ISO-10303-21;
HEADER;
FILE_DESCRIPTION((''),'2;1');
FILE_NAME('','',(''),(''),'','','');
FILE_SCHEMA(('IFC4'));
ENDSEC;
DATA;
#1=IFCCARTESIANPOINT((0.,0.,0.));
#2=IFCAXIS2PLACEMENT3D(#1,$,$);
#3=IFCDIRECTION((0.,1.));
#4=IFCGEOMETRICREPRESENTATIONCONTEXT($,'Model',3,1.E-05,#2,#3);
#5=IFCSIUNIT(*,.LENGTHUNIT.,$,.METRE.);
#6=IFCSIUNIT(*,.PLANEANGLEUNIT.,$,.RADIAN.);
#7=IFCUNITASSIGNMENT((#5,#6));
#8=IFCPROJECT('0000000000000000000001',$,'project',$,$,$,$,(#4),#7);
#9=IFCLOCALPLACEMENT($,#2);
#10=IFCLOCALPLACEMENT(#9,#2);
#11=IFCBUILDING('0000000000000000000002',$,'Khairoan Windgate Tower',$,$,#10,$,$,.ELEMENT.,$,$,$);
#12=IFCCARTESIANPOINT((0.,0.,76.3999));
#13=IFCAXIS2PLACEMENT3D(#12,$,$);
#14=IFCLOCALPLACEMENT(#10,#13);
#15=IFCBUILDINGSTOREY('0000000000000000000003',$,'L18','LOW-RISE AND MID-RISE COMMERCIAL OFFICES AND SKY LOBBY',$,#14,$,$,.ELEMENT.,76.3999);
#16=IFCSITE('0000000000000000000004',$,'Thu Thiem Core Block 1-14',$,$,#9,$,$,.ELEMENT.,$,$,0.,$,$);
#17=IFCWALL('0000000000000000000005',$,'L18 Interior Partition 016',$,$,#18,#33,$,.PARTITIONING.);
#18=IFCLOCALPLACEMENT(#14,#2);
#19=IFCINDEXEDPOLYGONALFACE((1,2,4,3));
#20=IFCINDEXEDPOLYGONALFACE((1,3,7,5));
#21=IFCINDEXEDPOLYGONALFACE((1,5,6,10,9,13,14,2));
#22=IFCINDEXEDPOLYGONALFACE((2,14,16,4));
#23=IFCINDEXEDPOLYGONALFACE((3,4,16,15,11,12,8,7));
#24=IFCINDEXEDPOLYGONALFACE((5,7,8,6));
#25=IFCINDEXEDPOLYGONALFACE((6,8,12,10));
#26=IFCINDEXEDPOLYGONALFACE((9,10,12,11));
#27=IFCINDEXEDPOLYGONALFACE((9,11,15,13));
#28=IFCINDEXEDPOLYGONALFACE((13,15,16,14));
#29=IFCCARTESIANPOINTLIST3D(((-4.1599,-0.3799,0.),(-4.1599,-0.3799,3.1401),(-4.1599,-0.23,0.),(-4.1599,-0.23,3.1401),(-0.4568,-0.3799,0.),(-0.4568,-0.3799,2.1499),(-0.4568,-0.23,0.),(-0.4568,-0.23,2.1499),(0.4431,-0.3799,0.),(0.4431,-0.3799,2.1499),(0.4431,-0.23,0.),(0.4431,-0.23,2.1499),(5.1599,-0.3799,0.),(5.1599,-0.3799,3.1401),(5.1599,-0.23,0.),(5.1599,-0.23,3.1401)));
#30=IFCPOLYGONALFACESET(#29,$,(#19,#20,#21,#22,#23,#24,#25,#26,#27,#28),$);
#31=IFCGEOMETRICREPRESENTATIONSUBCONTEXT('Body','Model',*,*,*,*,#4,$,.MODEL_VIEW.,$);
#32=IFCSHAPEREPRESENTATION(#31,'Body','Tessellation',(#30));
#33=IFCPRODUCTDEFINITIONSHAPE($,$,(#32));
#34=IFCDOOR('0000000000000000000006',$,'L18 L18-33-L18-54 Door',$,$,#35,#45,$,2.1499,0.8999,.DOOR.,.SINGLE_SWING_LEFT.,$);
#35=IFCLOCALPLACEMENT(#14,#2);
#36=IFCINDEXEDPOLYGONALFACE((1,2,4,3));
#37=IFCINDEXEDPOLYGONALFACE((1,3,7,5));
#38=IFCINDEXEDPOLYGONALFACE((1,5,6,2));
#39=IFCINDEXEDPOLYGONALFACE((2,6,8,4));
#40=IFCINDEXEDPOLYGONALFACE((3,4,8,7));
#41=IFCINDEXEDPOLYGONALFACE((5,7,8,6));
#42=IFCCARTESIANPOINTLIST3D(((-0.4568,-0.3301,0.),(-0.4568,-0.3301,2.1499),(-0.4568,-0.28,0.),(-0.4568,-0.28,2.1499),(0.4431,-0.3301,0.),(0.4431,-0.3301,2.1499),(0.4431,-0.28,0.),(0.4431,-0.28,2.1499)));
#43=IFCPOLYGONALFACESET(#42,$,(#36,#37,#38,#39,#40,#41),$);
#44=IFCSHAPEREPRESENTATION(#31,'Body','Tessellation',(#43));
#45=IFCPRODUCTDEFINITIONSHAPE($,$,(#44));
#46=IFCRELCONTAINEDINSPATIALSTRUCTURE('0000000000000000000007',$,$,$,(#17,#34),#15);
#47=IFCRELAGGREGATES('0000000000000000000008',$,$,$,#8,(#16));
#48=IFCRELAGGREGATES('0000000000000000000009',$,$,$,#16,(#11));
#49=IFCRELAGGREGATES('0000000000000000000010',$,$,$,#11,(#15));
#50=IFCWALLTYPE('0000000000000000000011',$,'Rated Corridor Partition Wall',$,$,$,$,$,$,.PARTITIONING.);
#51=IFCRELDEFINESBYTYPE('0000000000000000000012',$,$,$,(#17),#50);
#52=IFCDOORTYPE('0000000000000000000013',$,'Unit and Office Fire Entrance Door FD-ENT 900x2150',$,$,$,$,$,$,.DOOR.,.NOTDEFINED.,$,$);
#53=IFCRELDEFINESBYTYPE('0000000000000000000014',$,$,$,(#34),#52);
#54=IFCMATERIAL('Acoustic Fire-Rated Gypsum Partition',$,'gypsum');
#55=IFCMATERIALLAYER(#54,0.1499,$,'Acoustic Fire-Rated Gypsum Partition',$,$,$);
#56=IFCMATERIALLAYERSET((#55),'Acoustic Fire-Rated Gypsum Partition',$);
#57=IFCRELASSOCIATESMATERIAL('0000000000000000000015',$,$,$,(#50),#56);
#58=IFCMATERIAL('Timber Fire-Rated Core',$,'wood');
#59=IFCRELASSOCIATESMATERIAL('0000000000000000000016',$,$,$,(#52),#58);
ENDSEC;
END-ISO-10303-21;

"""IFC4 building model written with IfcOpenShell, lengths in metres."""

from ifc_helpers import new_model, si_unit, direction, frame, frame_2d, origin, place, context, subcontext, project, spatial, rectangle, extrude, material, layer, layer_set, type_object, element, fill, save


model = new_model("IFC4")

# Units and contexts
model_context = context("Model", 3, precision=1e-05, world=origin(), true_north=direction((0.0, 1.0)))
body_context = subcontext(model_context, "Body", "Model", "MODEL_VIEW")
ifc_project = project(units=[si_unit("LENGTHUNIT", "METRE"), si_unit("PLANEANGLEUNIT", "RADIAN")], contexts=[model_context])

# Site, building, storey
site_placement = place(None, origin())
site = spatial("IfcSite", under=ifc_project, at=site_placement, Name="Thu Thiem Core Block 1-14", CompositionType="ELEMENT", RefElevation=0.0)
building_placement = place(site_placement, origin())
building = spatial("IfcBuilding", under=site, at=building_placement, Name="Khairoan Windgate Tower", CompositionType="ELEMENT")
storey_placement = place(building_placement, frame((0.0, 0.0, 76.3999)))
storey = spatial("IfcBuildingStorey", under=building, at=storey_placement, Name="L18", Description="LOW-RISE AND MID-RISE COMMERCIAL OFFICES AND SKY LOBBY", CompositionType="ELEMENT", Elevation=76.3999)

# Wall, opening, door
ifc_material_1 = material(Name="Acoustic Fire-Rated Gypsum Partition", Category="gypsum")
ifc_layer_1 = layer(ifc_material_1, 0.1499, Name="Acoustic Fire-Rated Gypsum Partition")
ifc_layer_set_1 = layer_set([ifc_layer_1], Name="Acoustic Fire-Rated Gypsum Partition")
wall_type_1 = type_object("IfcWallType", Name="Rated Corridor Partition Wall", PredefinedType="PARTITIONING", material=ifc_layer_set_1)
wall_1_placement = place(storey_placement, frame((-4.1599, -0.3049, 0.0), z_axis=(0.0, 0.0, 1.0), x_axis=(1.0, 0.0, 0.0)))
wall_1 = element("IfcWall", 1, at=wall_1_placement, inside=storey, type_object=wall_type_1, Name="L18 Interior Partition 016", PredefinedType="PARTITIONING", context=body_context, shape_type="SweptSolid", body=[
    extrude(rectangle(XDim=9.3198, YDim=0.1499, at=frame_2d((4.6599, 0.0))), origin(), (0.0, 0.0, 1.0), 3.1401),
])
opening_placement = place(wall_1_placement, frame((3.7031, 0.0, 0.0)))
opening = element("IfcOpeningElement", 2, at=opening_placement, cuts=wall_1, PredefinedType="OPENING", context=body_context, shape_type="SweptSolid", body=[
    extrude(rectangle(XDim=0.8999, YDim=2.1499, at=frame_2d((0.45, 1.075))), frame((0.0, 0.085, 0.0), z_axis=(0.0, -1.0, 0.0), x_axis=(1.0, 0.0, 0.0)), (0.0, 0.0, 1.0), 0.1699),
])
ifc_material_2 = material(Name="Timber Fire-Rated Core", Category="wood")
door_type = type_object("IfcDoorType", Name="Unit and Office Fire Entrance Door FD-ENT 900x2150", OperationType="NOTDEFINED", PredefinedType="DOOR", material=ifc_material_2)
door_placement = place(opening_placement, origin())
door = element("IfcDoor", 3, at=door_placement, inside=storey, type_object=door_type, Name="L18 L18-33-L18-54 Door", OperationType="SINGLE_SWING_LEFT", OverallHeight=2.1499, OverallWidth=0.8999, PredefinedType="DOOR", context=body_context, shape_type="SweptSolid", body=[
    extrude(rectangle(XDim=0.8999, YDim=2.1499, at=frame_2d((0.45, 1.075))), frame((0.0, 0.0249, 0.0), z_axis=(0.0, -1.0, 0.0), x_axis=(1.0, 0.0, 0.0)), (0.0, 0.0, 1.0), 0.05),
])
fill(opening, door)

save(model, "model.ifc")
